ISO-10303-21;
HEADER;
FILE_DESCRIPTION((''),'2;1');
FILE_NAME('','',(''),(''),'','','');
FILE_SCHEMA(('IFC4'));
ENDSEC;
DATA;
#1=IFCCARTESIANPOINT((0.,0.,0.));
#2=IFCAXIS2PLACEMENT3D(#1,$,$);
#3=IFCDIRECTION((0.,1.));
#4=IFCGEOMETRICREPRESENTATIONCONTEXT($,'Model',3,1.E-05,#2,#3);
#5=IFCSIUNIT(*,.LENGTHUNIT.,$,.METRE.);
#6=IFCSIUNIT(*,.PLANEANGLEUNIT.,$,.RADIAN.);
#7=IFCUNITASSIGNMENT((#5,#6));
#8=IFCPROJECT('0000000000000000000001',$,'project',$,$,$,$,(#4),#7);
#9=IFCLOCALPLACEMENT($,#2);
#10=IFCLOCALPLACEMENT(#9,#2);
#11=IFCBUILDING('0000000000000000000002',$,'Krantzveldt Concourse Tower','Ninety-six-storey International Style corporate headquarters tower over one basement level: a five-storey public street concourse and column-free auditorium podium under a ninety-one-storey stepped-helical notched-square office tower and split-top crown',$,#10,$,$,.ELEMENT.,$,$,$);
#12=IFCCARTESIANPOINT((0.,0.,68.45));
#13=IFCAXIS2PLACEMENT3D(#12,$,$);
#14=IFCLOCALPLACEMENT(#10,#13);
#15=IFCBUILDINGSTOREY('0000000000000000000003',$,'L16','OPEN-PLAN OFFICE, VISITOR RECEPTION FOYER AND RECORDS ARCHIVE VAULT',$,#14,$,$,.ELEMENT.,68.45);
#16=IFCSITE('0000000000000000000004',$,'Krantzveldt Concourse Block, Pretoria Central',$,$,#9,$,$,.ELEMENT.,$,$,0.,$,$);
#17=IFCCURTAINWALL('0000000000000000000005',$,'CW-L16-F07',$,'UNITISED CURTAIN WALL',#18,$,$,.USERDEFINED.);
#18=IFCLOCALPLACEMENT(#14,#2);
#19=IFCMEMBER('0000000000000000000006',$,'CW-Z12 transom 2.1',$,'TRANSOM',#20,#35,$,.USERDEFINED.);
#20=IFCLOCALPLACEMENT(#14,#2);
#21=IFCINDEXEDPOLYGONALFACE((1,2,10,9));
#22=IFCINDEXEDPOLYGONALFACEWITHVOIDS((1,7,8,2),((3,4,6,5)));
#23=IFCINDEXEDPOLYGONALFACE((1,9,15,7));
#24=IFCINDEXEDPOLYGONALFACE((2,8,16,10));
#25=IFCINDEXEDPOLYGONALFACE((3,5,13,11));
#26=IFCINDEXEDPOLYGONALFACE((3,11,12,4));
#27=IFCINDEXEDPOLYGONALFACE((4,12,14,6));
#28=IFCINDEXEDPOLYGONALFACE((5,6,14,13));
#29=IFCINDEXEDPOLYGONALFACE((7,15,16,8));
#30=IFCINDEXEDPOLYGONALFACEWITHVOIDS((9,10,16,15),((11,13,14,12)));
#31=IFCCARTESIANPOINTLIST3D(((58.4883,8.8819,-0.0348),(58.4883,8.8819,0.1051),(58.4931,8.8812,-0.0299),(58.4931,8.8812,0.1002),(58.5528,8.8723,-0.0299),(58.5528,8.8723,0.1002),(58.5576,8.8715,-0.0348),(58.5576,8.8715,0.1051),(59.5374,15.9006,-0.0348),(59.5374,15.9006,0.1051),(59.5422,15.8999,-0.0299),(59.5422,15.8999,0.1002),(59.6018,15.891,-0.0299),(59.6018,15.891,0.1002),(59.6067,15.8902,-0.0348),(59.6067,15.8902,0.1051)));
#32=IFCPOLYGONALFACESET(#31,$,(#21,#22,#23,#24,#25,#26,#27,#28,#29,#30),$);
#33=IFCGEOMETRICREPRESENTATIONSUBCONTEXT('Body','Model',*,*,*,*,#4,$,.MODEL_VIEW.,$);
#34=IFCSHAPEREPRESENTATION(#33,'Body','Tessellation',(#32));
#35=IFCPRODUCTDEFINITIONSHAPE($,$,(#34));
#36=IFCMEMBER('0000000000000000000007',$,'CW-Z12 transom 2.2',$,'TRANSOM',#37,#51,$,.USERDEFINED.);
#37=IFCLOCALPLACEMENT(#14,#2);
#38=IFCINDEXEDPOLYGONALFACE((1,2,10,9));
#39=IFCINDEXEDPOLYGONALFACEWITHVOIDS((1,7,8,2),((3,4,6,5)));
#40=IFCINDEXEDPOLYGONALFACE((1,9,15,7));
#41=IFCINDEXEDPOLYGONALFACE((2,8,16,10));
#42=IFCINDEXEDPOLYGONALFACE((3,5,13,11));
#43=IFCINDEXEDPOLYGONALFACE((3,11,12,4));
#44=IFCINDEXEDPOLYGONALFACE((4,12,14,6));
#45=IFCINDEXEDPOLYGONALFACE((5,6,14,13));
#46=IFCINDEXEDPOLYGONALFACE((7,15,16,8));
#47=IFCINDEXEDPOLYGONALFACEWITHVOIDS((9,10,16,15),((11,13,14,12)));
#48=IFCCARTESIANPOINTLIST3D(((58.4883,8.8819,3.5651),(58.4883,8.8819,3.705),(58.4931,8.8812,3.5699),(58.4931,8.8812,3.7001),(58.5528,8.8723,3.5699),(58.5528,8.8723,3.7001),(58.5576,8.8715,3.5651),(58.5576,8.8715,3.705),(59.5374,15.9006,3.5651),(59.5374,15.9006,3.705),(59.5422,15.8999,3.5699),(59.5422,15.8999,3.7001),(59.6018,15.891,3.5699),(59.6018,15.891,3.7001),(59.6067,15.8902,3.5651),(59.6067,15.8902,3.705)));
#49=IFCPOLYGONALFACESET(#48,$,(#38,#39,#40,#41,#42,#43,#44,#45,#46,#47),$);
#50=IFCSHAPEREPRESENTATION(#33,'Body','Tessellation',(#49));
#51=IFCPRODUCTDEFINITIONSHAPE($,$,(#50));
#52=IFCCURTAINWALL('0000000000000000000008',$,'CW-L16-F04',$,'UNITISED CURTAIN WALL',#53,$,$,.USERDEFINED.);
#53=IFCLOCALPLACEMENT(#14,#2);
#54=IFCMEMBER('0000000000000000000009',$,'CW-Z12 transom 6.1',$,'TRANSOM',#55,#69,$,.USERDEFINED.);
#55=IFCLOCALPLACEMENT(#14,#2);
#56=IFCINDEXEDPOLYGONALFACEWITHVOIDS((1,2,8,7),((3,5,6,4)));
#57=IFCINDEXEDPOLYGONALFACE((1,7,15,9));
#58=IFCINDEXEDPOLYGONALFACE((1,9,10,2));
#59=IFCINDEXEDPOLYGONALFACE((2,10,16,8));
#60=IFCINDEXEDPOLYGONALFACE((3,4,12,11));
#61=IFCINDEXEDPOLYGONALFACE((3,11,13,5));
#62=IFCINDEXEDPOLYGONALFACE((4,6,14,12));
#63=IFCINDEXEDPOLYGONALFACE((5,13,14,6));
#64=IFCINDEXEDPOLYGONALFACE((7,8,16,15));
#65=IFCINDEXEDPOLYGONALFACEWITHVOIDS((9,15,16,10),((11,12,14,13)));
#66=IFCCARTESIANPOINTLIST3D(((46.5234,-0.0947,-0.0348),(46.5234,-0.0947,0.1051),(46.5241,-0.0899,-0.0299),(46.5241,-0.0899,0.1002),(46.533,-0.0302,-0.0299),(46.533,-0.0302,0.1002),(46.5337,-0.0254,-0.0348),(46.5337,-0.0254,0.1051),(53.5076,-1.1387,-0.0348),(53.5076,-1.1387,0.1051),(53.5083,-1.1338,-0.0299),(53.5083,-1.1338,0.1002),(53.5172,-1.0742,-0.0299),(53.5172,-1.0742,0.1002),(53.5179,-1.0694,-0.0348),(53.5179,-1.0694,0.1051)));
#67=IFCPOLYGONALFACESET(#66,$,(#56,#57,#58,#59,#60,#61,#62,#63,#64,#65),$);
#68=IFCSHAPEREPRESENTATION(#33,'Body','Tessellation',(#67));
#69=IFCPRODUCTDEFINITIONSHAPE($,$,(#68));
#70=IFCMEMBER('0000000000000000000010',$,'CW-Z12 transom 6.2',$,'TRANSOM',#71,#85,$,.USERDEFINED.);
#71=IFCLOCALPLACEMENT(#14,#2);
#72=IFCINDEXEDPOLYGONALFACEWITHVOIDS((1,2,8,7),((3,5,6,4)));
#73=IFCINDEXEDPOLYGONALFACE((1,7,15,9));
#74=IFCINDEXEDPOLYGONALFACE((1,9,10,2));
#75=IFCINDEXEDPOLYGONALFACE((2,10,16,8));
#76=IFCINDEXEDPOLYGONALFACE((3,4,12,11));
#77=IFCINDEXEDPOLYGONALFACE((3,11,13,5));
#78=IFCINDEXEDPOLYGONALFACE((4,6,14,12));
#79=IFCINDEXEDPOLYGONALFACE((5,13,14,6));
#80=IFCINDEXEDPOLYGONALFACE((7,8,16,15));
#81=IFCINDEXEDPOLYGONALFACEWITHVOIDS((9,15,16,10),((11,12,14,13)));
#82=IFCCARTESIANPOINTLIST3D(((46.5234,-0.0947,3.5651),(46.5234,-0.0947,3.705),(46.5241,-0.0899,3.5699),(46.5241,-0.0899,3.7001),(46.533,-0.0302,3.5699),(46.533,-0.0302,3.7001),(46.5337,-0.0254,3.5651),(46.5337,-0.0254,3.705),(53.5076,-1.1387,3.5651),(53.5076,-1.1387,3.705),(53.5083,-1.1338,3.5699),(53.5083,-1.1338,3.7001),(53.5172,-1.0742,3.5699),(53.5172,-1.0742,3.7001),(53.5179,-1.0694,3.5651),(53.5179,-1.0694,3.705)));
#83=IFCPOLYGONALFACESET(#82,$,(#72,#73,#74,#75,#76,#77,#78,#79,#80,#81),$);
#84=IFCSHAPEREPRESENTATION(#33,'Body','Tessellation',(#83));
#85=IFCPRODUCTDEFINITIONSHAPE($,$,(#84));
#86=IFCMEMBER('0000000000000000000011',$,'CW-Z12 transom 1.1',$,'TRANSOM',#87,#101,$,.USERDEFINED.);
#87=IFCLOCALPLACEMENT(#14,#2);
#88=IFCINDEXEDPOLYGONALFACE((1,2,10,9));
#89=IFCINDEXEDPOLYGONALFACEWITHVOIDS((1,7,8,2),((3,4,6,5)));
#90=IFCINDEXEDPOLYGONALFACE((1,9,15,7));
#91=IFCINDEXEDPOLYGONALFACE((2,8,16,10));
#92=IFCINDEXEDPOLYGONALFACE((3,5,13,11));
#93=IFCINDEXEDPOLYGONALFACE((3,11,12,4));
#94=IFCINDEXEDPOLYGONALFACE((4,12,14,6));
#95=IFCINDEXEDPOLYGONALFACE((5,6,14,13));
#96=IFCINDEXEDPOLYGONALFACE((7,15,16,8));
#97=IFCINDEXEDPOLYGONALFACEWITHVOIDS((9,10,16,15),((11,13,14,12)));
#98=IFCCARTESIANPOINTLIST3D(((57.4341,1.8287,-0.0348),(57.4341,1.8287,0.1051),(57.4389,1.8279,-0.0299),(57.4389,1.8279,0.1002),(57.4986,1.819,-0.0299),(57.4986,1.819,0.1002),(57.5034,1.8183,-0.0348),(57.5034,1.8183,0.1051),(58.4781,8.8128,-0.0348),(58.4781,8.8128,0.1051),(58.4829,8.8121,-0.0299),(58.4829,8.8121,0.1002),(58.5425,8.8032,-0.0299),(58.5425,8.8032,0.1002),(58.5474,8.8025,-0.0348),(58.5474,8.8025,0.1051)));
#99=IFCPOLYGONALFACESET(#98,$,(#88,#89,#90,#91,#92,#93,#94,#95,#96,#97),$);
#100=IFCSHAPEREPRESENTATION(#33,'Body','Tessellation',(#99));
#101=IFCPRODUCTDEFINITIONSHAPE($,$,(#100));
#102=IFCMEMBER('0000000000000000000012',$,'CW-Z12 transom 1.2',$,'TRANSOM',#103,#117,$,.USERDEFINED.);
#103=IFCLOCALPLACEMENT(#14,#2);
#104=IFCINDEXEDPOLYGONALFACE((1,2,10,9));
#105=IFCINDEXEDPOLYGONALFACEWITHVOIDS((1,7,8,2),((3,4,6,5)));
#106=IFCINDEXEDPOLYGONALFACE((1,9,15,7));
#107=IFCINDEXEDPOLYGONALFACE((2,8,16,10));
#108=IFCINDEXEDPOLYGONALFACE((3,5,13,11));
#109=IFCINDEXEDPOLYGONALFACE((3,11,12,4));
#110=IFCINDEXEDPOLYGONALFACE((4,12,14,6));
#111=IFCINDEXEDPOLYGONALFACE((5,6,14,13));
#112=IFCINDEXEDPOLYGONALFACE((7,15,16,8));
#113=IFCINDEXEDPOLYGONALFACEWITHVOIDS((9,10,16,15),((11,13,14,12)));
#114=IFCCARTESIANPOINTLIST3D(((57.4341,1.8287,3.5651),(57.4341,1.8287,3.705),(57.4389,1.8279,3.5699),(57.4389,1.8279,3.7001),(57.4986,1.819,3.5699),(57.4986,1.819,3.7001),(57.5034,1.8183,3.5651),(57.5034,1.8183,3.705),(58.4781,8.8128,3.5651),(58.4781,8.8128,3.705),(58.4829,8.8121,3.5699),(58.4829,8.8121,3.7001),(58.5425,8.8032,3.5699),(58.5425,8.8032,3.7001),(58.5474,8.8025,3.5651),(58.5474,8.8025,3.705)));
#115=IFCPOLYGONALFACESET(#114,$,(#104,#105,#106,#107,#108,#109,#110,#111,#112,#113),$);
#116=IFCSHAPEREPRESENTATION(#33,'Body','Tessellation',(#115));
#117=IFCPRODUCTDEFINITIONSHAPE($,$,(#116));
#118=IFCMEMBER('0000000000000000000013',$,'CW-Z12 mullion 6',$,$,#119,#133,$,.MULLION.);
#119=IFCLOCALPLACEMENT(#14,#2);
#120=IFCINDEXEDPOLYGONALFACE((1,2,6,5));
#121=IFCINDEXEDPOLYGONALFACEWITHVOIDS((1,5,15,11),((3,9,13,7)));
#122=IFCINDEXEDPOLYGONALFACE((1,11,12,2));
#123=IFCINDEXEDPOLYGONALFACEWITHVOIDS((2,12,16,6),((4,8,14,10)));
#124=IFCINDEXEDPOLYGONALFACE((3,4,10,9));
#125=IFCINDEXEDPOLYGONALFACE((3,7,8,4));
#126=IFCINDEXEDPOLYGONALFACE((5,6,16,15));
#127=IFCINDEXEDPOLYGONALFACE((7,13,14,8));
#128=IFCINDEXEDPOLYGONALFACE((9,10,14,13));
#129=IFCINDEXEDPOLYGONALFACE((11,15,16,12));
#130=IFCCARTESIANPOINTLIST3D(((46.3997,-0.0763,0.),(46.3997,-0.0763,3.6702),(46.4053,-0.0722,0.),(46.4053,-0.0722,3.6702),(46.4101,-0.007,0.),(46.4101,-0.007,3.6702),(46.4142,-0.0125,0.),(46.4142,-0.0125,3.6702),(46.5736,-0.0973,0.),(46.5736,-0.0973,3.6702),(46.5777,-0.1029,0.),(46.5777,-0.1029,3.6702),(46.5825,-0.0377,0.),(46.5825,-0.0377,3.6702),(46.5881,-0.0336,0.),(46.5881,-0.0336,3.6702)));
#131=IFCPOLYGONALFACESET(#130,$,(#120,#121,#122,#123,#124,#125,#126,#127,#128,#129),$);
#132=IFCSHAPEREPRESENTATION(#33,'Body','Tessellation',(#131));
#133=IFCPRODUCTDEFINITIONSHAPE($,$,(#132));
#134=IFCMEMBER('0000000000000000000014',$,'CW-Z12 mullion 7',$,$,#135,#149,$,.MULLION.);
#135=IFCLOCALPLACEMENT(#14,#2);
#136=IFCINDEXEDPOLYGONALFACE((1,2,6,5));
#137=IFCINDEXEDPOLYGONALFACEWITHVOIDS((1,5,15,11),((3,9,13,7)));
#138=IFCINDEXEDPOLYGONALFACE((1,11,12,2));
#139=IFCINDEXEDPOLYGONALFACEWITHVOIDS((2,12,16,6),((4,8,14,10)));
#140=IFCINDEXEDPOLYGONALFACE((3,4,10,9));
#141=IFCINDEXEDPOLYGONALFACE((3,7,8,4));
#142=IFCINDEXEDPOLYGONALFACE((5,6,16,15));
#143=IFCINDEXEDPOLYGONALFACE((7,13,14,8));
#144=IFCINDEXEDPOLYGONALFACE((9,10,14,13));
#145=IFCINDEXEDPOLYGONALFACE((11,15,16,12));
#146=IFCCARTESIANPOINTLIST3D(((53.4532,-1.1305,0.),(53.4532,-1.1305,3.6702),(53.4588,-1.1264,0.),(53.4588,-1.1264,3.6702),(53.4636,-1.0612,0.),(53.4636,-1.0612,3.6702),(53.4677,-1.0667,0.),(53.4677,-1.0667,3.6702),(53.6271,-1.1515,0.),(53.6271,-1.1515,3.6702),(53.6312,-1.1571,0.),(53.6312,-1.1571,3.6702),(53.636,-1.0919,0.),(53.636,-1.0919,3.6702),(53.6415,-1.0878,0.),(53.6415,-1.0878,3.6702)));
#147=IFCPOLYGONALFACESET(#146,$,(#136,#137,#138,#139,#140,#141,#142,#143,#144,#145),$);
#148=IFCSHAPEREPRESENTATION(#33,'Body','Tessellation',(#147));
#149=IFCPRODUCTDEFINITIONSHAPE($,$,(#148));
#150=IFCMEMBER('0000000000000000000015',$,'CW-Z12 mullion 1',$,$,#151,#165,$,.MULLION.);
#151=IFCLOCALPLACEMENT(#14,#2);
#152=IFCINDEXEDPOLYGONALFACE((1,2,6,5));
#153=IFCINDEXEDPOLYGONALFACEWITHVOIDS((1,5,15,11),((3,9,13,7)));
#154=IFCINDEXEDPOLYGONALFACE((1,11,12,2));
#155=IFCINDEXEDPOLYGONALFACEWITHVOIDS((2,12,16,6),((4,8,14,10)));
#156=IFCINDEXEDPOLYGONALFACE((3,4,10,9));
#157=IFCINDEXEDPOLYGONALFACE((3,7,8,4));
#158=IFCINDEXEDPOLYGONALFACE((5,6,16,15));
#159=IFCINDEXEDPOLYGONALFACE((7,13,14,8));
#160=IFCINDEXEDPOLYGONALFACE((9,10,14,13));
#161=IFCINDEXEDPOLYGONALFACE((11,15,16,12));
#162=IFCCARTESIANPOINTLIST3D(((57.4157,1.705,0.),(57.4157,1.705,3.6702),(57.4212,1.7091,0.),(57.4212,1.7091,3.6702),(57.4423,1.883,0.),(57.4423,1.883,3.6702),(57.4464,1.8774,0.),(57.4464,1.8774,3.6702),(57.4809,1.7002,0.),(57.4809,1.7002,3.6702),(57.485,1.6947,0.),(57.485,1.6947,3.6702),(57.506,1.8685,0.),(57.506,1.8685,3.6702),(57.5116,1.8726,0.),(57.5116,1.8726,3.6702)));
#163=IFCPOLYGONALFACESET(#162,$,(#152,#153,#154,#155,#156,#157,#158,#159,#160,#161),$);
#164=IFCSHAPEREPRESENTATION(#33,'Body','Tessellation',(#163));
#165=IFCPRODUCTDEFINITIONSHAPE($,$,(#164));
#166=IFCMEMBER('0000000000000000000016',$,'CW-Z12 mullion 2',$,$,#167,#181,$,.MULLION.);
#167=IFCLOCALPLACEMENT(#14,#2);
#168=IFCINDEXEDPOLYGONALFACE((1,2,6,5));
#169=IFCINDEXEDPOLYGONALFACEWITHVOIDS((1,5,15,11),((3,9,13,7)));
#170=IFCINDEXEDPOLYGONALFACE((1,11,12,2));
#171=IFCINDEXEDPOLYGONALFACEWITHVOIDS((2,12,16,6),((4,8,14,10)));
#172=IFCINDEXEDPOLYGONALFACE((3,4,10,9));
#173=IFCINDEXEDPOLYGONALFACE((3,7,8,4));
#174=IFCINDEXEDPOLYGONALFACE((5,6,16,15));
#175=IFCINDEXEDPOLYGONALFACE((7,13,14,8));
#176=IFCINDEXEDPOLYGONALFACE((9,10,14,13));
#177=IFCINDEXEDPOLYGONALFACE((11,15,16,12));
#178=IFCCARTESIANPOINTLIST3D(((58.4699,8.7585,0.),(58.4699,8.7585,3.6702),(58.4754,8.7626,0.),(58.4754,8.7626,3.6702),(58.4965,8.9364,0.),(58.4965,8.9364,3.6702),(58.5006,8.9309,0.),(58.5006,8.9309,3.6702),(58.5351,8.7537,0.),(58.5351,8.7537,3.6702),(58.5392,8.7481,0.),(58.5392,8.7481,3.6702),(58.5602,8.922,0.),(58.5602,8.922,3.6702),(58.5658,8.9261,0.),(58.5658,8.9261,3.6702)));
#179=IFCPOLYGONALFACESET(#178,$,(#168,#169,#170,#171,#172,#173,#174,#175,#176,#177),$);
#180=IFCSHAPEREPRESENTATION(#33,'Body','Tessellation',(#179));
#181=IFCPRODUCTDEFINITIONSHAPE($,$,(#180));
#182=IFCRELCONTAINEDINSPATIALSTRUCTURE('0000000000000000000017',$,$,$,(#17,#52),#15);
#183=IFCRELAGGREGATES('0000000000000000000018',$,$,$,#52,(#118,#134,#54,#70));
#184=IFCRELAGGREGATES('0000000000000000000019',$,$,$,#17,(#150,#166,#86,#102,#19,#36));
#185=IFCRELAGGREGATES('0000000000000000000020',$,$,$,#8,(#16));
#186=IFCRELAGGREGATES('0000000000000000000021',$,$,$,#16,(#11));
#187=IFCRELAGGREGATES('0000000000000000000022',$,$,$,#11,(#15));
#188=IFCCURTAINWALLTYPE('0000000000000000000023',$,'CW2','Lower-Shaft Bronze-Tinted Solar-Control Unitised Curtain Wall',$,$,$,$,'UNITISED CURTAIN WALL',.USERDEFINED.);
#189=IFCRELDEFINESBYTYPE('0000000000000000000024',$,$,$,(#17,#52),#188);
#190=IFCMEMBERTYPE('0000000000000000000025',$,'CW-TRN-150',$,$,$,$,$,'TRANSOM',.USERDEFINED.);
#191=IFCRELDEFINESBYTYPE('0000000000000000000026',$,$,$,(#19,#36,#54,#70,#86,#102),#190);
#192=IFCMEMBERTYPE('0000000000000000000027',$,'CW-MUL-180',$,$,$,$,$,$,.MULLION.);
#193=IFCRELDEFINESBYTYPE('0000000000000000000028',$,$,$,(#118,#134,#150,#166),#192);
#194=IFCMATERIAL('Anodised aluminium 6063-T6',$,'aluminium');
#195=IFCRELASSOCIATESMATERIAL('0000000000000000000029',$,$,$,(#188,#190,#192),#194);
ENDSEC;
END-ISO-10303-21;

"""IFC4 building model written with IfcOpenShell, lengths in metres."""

from ifc_helpers import new_model, si_unit, direction, frame, origin, origin_2d, place, context, subcontext, project, spatial, hollow_rectangle, extrude, source, transform, mapped, material, material_profile, profile_set, type_object, type_shapes, element, aggregate, save


model = new_model("IFC4")

# Units and contexts
model_context = context("Model", 3, precision=1e-05, world=origin(), true_north=direction((0.0, 1.0)))
body_context = subcontext(model_context, "Body", "Model", "MODEL_VIEW")
ifc_project = project(units=[si_unit("LENGTHUNIT", "METRE"), si_unit("PLANEANGLEUNIT", "RADIAN")], contexts=[model_context])

# Site, building, storey
site_placement = place(None, origin())
site = spatial("IfcSite", under=ifc_project, at=site_placement, Name="Krantzveldt Concourse Block, Pretoria Central", CompositionType="ELEMENT", RefElevation=0.0)
building_placement = place(site_placement, origin())
building = spatial("IfcBuilding", under=site, at=building_placement, Name="Krantzveldt Concourse Tower", Description="Ninety-six-storey International Style corporate headquarters tower over one basement level: a five-storey public street concourse and column-free auditorium podium under a ninety-one-storey stepped-helical notched-square office tower and split-top crown", CompositionType="ELEMENT")
storey_placement = place(building_placement, frame((0.0, 0.0, 68.45)))
storey = spatial("IfcBuildingStorey", under=building, at=storey_placement, Name="L16", Description="OPEN-PLAN OFFICE, VISITOR RECEPTION FOYER AND RECORDS ARCHIVE VAULT", CompositionType="ELEMENT", Elevation=68.45)

# Curtain walls, members
ifc_material_1 = material(Name="Anodised aluminium 6063-T6", Category="aluminium")
curtain_wall_type = type_object("IfcCurtainWallType", Name="CW2", Description="Lower-Shaft Bronze-Tinted Solar-Control Unitised Curtain Wall", ElementType="UNITISED CURTAIN WALL", PredefinedType="USERDEFINED", material=ifc_material_1)
curtain_wall_1_placement = place(storey_placement, origin())
curtain_wall_1 = element("IfcCurtainWall", 1, at=curtain_wall_1_placement, inside=storey, type_object=curtain_wall_type, Name="CW-L16-F07", ObjectType="UNITISED CURTAIN WALL", PredefinedType="USERDEFINED")
ifc_material_profile_1 = material_profile(ifc_material_1, hollow_rectangle(XDim=0.0701, YDim=0.1399, WallThickness=0.0049, at=origin_2d()), Name="Anodised aluminium 6063-T6", Category="aluminium")
ifc_profile_set_1 = profile_set([ifc_material_profile_1], Name="Anodised aluminium 6063-T6 - ALU-TRAN 140x70x5")
member_type_1 = type_object("IfcMemberType", Name="CW-TRN-150", ElementType="TRANSOM", PredefinedType="USERDEFINED", material=ifc_profile_set_1)
shared_shape_1 = source(origin(), body_context, "Body", "SweptSolid", [
    extrude(hollow_rectangle(XDim=0.0701, YDim=0.1399, WallThickness=0.0049, at=origin_2d()), origin(), (0.0, 0.0, 1.0), 7.0967),
])
member_1_placement = place(storey_placement, frame((58.5229, 8.8767, 0.0352), z_axis=(0.147824, 0.989014, 0.0), x_axis=(-0.989014, 0.147824, 0.0)))
member_1 = element("IfcMember", 2, at=member_1_placement, type_object=member_type_1, Name="CW-Z12 transom 2.1", ObjectType="TRANSOM", PredefinedType="USERDEFINED", context=body_context, shape_type="MappedRepresentation", body=[
    mapped(shared_shape_1, transform((0.0, 0.0, 0.0), x_axis=(1.0, 0.0, 0.0), y_axis=(0.0, 1.0, 0.0), z_axis=(0.0, 0.0, 1.0), scale=1.0)),
])
member_2_placement = place(storey_placement, frame((58.5229, 8.8767, 3.635), z_axis=(0.147824, 0.989014, 0.0), x_axis=(-0.989014, 0.147824, 0.0)))
member_2 = element("IfcMember", 3, at=member_2_placement, type_object=member_type_1, Name="CW-Z12 transom 2.2", ObjectType="TRANSOM", PredefinedType="USERDEFINED", context=body_context, shape_type="MappedRepresentation", body=[
    mapped(shared_shape_1, transform((0.0, 0.0, 0.0), x_axis=(1.0, 0.0, 0.0), y_axis=(0.0, 1.0, 0.0), z_axis=(0.0, 0.0, 1.0), scale=1.0)),
])
curtain_wall_2_placement = place(storey_placement, origin())
curtain_wall_2 = element("IfcCurtainWall", 4, at=curtain_wall_2_placement, inside=storey, type_object=curtain_wall_type, Name="CW-L16-F04", ObjectType="UNITISED CURTAIN WALL", PredefinedType="USERDEFINED")
shared_shape_2 = source(origin(), body_context, "Body", "SweptSolid", [
    extrude(hollow_rectangle(XDim=0.0701, YDim=0.1399, WallThickness=0.0049, at=origin_2d()), origin(), (0.0, 0.0, 1.0), 7.0618),
])
type_shapes(member_type_1, [shared_shape_1, shared_shape_2])
member_3_placement = place(storey_placement, frame((46.5286, -0.0601, 0.0352), z_axis=(0.989013, -0.147832, 0.0), x_axis=(0.147832, 0.989013, 0.0)))
member_3 = element("IfcMember", 5, at=member_3_placement, type_object=member_type_1, Name="CW-Z12 transom 6.1", ObjectType="TRANSOM", PredefinedType="USERDEFINED", context=body_context, shape_type="MappedRepresentation", body=[
    mapped(shared_shape_2, transform((0.0, 0.0, 0.0), x_axis=(1.0, 0.0, 0.0), y_axis=(0.0, 1.0, 0.0), z_axis=(0.0, 0.0, 1.0), scale=1.0)),
])
member_4_placement = place(storey_placement, frame((46.5286, -0.0601, 3.635), z_axis=(0.989013, -0.147832, 0.0), x_axis=(0.147832, 0.989013, 0.0)))
member_4 = element("IfcMember", 6, at=member_4_placement, type_object=member_type_1, Name="CW-Z12 transom 6.2", ObjectType="TRANSOM", PredefinedType="USERDEFINED", context=body_context, shape_type="MappedRepresentation", body=[
    mapped(shared_shape_2, transform((0.0, 0.0, 0.0), x_axis=(1.0, 0.0, 0.0), y_axis=(0.0, 1.0, 0.0), z_axis=(0.0, 0.0, 1.0), scale=1.0)),
])

# Members
member_5_placement = place(storey_placement, frame((57.4688, 1.8235, 0.0352), z_axis=(0.147832, 0.989013, 0.0), x_axis=(-0.989013, 0.147832, 0.0)))
member_5 = element("IfcMember", 7, at=member_5_placement, type_object=member_type_1, Name="CW-Z12 transom 1.1", ObjectType="TRANSOM", PredefinedType="USERDEFINED", context=body_context, shape_type="MappedRepresentation", body=[
    mapped(shared_shape_2, transform((0.0, 0.0, 0.0), x_axis=(1.0, 0.0, 0.0), y_axis=(0.0, 1.0, 0.0), z_axis=(0.0, 0.0, 1.0), scale=1.0)),
])
member_6_placement = place(storey_placement, frame((57.4688, 1.8235, 3.635), z_axis=(0.147832, 0.989013, 0.0), x_axis=(-0.989013, 0.147832, 0.0)))
member_6 = element("IfcMember", 8, at=member_6_placement, type_object=member_type_1, Name="CW-Z12 transom 1.2", ObjectType="TRANSOM", PredefinedType="USERDEFINED", context=body_context, shape_type="MappedRepresentation", body=[
    mapped(shared_shape_2, transform((0.0, 0.0, 0.0), x_axis=(1.0, 0.0, 0.0), y_axis=(0.0, 1.0, 0.0), z_axis=(0.0, 0.0, 1.0), scale=1.0)),
])
ifc_material_profile_2 = material_profile(ifc_material_1, hollow_rectangle(XDim=0.0701, YDim=0.1799, WallThickness=0.0049, at=origin_2d()), Name="Anodised aluminium 6063-T6", Category="aluminium")
ifc_profile_set_2 = profile_set([ifc_material_profile_2], Name="Anodised aluminium 6063-T6 - ALU-MULL 180x70x5")
member_type_2 = type_object("IfcMemberType", Name="CW-MUL-180", PredefinedType="MULLION", material=ifc_profile_set_2)
shared_shape_3 = source(origin(), body_context, "Body", "SweptSolid", [
    extrude(hollow_rectangle(XDim=0.0701, YDim=0.1799, WallThickness=0.0049, at=origin_2d()), origin(), (0.0, 0.0, 1.0), 3.6702),
])
type_shapes(member_type_2, [shared_shape_3])
member_7_placement = place(storey_placement, frame((46.4939, -0.0549, 0.0), z_axis=(0.0, 0.0, 1.0), x_axis=(0.14781, 0.989016, 0.0)))
member_7 = element("IfcMember", 9, at=member_7_placement, type_object=member_type_2, Name="CW-Z12 mullion 6", PredefinedType="MULLION", context=body_context, shape_type="MappedRepresentation", body=[
    mapped(shared_shape_3, transform((0.0, 0.0, 0.0), x_axis=(1.0, 0.0, 0.0), y_axis=(0.0, 1.0, 0.0), z_axis=(0.0, 0.0, 1.0), scale=1.0)),
])
member_8_placement = place(storey_placement, frame((53.5474, -1.1091, 0.0), z_axis=(0.0, 0.0, 1.0), x_axis=(0.14781, 0.989016, 0.0)))
member_8 = element("IfcMember", 10, at=member_8_placement, type_object=member_type_2, Name="CW-Z12 mullion 7", PredefinedType="MULLION", context=body_context, shape_type="MappedRepresentation", body=[
    mapped(shared_shape_3, transform((0.0, 0.0, 0.0), x_axis=(1.0, 0.0, 0.0), y_axis=(0.0, 1.0, 0.0), z_axis=(0.0, 0.0, 1.0), scale=1.0)),
])
member_9_placement = place(storey_placement, frame((57.4636, 1.7888, 0.0), z_axis=(0.0, 0.0, 1.0), x_axis=(-0.989016, 0.14781, 0.0)))
member_9 = element("IfcMember", 11, at=member_9_placement, type_object=member_type_2, Name="CW-Z12 mullion 1", PredefinedType="MULLION", context=body_context, shape_type="MappedRepresentation", body=[
    mapped(shared_shape_3, transform((0.0, 0.0, 0.0), x_axis=(1.0, 0.0, 0.0), y_axis=(0.0, 1.0, 0.0), z_axis=(0.0, 0.0, 1.0), scale=1.0)),
])
member_10_placement = place(storey_placement, frame((58.5178, 8.8423, 0.0), z_axis=(0.0, 0.0, 1.0), x_axis=(-0.989016, 0.14781, 0.0)))
member_10 = element("IfcMember", 12, at=member_10_placement, type_object=member_type_2, Name="CW-Z12 mullion 2", PredefinedType="MULLION", context=body_context, shape_type="MappedRepresentation", body=[
    mapped(shared_shape_3, transform((0.0, 0.0, 0.0), x_axis=(1.0, 0.0, 0.0), y_axis=(0.0, 1.0, 0.0), z_axis=(0.0, 0.0, 1.0), scale=1.0)),
])

aggregate(curtain_wall_2, [member_7, member_8, member_3, member_4])
aggregate(curtain_wall_1, [member_9, member_10, member_5, member_6, member_1, member_2])

save(model, "model.ifc")
